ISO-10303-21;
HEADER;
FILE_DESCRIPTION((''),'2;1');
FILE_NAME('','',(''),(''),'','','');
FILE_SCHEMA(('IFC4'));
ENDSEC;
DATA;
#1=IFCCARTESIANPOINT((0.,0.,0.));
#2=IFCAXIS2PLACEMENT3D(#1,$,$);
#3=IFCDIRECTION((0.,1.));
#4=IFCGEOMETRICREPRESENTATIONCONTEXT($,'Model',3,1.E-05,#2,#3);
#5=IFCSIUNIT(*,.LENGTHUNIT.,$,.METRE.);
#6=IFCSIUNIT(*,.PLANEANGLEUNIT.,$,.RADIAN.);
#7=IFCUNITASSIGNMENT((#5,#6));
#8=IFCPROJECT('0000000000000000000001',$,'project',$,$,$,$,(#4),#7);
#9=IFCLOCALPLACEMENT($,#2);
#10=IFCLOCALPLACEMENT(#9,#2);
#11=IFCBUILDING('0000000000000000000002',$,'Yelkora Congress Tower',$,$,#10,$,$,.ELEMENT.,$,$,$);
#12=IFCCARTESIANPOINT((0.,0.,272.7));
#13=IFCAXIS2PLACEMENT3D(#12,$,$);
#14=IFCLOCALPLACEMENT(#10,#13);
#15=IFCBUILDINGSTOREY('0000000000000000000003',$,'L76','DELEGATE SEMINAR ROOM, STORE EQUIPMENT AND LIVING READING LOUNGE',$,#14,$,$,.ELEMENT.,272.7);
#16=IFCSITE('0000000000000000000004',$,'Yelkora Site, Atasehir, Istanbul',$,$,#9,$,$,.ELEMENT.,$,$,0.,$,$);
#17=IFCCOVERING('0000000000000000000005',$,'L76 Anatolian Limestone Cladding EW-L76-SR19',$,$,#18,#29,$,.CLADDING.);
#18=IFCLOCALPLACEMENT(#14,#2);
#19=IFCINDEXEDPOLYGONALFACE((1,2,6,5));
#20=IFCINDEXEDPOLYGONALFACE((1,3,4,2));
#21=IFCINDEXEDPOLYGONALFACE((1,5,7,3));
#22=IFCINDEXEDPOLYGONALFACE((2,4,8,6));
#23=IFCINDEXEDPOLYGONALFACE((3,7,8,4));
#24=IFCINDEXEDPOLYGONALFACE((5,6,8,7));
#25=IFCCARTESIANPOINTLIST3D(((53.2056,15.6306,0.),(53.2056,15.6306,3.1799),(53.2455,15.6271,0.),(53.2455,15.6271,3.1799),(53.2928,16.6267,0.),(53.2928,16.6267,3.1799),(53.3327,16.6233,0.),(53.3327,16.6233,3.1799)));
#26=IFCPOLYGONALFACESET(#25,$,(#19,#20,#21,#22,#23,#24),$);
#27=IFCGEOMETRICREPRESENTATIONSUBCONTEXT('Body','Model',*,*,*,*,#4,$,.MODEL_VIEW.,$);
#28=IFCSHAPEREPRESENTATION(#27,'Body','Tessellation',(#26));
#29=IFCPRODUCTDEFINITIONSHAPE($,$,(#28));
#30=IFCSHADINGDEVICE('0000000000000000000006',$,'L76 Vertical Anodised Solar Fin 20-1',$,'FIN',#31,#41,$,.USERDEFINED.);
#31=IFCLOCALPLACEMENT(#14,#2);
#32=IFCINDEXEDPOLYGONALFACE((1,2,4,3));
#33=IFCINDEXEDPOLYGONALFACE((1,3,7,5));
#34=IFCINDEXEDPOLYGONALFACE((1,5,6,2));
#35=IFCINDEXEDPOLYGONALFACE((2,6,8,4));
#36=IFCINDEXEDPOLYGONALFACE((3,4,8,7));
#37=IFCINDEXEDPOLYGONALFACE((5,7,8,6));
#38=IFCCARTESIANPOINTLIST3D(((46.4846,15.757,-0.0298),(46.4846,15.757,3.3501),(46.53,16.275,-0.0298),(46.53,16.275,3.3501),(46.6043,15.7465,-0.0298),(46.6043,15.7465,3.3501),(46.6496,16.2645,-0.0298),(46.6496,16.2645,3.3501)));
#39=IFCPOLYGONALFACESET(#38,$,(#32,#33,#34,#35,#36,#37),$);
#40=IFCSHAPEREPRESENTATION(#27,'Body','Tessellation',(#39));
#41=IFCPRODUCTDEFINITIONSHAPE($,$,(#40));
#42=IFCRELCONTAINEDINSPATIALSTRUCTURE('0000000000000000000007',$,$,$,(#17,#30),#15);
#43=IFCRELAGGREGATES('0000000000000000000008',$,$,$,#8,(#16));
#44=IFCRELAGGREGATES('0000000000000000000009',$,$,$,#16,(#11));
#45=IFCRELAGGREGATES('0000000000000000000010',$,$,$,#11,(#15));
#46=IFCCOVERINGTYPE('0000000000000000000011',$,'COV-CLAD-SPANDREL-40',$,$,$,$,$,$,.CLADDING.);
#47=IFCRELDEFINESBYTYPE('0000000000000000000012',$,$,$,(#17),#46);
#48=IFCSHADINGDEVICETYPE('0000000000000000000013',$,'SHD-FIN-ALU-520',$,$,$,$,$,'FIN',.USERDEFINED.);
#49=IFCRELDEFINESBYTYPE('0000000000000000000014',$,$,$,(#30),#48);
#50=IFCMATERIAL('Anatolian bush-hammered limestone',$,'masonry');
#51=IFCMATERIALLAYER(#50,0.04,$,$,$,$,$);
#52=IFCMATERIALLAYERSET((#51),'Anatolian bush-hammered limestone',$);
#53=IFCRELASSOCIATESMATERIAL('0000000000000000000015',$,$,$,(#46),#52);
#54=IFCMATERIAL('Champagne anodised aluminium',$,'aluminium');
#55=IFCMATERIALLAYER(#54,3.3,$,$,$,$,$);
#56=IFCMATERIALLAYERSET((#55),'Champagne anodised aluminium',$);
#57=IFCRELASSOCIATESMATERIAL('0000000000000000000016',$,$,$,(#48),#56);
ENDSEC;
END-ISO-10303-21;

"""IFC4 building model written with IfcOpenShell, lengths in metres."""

from ifc_helpers import new_model, si_unit, direction, frame, frame_2d, origin, origin_2d, place, context, subcontext, project, spatial, rectangle, extrude, material, layer, layer_set, type_object, element, save


model = new_model("IFC4")

# Units and contexts
model_context = context("Model", 3, precision=1e-05, world=origin(), true_north=direction((0.0, 1.0)))
body_context = subcontext(model_context, "Body", "Model", "MODEL_VIEW")
ifc_project = project(units=[si_unit("LENGTHUNIT", "METRE"), si_unit("PLANEANGLEUNIT", "RADIAN")], contexts=[model_context])

# Site, building, storey
site_placement = place(None, origin())
site = spatial("IfcSite", under=ifc_project, at=site_placement, Name="Yelkora Site, Atasehir, Istanbul", CompositionType="ELEMENT", RefElevation=0.0)
building_placement = place(site_placement, origin())
building = spatial("IfcBuilding", under=site, at=building_placement, Name="Yelkora Congress Tower", CompositionType="ELEMENT")
storey_placement = place(building_placement, frame((0.0, 0.0, 272.7)))
storey = spatial("IfcBuildingStorey", under=building, at=storey_placement, Name="L76", Description="DELEGATE SEMINAR ROOM, STORE EQUIPMENT AND LIVING READING LOUNGE", CompositionType="ELEMENT", Elevation=272.7)

# Covering
ifc_material_1 = material(Name="Anatolian bush-hammered limestone", Category="masonry")
ifc_layer_1 = layer(ifc_material_1, 0.04)
ifc_layer_set_1 = layer_set([ifc_layer_1], Name="Anatolian bush-hammered limestone")
covering_type = type_object("IfcCoveringType", Name="COV-CLAD-SPANDREL-40", PredefinedType="CLADDING", material=ifc_layer_set_1)
covering_1_placement = place(storey_placement, frame((53.3127, 16.625, 0.0), z_axis=(0.0, 0.0, 1.0), x_axis=(-0.087167, -0.996194, 0.0)))
element("IfcCovering", 1, at=covering_1_placement, inside=storey, type_object=covering_type, Name="L76 Anatolian Limestone Cladding EW-L76-SR19", PredefinedType="CLADDING", context=body_context, shape_type="SweptSolid", body=[
    extrude(rectangle(XDim=1.0, YDim=0.04, at=frame_2d((0.5, 0.0))), origin(), (0.0, 0.0, 1.0), 3.1799),
])

# Shading device
ifc_material_2 = material(Name="Champagne anodised aluminium", Category="aluminium")
ifc_layer_2 = layer(ifc_material_2, 3.3)
ifc_layer_set_2 = layer_set([ifc_layer_2], Name="Champagne anodised aluminium")
shading_device_type = type_object("IfcShadingDeviceType", Name="SHD-FIN-ALU-520", ElementType="FIN", PredefinedType="USERDEFINED", material=ifc_layer_set_2)
shading_device_placement = place(storey_placement, frame((46.5671, 16.0107, -0.0298), z_axis=(0.0, 0.0, 1.0), x_axis=(-0.996195, 0.087156, 0.0)))
element("IfcShadingDevice", 2, at=shading_device_placement, inside=storey, type_object=shading_device_type, Name="L76 Vertical Anodised Solar Fin 20-1", ObjectType="FIN", PredefinedType="USERDEFINED", context=body_context, shape_type="SweptSolid", body=[
    extrude(rectangle(XDim=0.1201, YDim=0.52, at=origin_2d()), origin(), (0.0, 0.0, 1.0), 3.3799),
])

save(model, "model.ifc")
